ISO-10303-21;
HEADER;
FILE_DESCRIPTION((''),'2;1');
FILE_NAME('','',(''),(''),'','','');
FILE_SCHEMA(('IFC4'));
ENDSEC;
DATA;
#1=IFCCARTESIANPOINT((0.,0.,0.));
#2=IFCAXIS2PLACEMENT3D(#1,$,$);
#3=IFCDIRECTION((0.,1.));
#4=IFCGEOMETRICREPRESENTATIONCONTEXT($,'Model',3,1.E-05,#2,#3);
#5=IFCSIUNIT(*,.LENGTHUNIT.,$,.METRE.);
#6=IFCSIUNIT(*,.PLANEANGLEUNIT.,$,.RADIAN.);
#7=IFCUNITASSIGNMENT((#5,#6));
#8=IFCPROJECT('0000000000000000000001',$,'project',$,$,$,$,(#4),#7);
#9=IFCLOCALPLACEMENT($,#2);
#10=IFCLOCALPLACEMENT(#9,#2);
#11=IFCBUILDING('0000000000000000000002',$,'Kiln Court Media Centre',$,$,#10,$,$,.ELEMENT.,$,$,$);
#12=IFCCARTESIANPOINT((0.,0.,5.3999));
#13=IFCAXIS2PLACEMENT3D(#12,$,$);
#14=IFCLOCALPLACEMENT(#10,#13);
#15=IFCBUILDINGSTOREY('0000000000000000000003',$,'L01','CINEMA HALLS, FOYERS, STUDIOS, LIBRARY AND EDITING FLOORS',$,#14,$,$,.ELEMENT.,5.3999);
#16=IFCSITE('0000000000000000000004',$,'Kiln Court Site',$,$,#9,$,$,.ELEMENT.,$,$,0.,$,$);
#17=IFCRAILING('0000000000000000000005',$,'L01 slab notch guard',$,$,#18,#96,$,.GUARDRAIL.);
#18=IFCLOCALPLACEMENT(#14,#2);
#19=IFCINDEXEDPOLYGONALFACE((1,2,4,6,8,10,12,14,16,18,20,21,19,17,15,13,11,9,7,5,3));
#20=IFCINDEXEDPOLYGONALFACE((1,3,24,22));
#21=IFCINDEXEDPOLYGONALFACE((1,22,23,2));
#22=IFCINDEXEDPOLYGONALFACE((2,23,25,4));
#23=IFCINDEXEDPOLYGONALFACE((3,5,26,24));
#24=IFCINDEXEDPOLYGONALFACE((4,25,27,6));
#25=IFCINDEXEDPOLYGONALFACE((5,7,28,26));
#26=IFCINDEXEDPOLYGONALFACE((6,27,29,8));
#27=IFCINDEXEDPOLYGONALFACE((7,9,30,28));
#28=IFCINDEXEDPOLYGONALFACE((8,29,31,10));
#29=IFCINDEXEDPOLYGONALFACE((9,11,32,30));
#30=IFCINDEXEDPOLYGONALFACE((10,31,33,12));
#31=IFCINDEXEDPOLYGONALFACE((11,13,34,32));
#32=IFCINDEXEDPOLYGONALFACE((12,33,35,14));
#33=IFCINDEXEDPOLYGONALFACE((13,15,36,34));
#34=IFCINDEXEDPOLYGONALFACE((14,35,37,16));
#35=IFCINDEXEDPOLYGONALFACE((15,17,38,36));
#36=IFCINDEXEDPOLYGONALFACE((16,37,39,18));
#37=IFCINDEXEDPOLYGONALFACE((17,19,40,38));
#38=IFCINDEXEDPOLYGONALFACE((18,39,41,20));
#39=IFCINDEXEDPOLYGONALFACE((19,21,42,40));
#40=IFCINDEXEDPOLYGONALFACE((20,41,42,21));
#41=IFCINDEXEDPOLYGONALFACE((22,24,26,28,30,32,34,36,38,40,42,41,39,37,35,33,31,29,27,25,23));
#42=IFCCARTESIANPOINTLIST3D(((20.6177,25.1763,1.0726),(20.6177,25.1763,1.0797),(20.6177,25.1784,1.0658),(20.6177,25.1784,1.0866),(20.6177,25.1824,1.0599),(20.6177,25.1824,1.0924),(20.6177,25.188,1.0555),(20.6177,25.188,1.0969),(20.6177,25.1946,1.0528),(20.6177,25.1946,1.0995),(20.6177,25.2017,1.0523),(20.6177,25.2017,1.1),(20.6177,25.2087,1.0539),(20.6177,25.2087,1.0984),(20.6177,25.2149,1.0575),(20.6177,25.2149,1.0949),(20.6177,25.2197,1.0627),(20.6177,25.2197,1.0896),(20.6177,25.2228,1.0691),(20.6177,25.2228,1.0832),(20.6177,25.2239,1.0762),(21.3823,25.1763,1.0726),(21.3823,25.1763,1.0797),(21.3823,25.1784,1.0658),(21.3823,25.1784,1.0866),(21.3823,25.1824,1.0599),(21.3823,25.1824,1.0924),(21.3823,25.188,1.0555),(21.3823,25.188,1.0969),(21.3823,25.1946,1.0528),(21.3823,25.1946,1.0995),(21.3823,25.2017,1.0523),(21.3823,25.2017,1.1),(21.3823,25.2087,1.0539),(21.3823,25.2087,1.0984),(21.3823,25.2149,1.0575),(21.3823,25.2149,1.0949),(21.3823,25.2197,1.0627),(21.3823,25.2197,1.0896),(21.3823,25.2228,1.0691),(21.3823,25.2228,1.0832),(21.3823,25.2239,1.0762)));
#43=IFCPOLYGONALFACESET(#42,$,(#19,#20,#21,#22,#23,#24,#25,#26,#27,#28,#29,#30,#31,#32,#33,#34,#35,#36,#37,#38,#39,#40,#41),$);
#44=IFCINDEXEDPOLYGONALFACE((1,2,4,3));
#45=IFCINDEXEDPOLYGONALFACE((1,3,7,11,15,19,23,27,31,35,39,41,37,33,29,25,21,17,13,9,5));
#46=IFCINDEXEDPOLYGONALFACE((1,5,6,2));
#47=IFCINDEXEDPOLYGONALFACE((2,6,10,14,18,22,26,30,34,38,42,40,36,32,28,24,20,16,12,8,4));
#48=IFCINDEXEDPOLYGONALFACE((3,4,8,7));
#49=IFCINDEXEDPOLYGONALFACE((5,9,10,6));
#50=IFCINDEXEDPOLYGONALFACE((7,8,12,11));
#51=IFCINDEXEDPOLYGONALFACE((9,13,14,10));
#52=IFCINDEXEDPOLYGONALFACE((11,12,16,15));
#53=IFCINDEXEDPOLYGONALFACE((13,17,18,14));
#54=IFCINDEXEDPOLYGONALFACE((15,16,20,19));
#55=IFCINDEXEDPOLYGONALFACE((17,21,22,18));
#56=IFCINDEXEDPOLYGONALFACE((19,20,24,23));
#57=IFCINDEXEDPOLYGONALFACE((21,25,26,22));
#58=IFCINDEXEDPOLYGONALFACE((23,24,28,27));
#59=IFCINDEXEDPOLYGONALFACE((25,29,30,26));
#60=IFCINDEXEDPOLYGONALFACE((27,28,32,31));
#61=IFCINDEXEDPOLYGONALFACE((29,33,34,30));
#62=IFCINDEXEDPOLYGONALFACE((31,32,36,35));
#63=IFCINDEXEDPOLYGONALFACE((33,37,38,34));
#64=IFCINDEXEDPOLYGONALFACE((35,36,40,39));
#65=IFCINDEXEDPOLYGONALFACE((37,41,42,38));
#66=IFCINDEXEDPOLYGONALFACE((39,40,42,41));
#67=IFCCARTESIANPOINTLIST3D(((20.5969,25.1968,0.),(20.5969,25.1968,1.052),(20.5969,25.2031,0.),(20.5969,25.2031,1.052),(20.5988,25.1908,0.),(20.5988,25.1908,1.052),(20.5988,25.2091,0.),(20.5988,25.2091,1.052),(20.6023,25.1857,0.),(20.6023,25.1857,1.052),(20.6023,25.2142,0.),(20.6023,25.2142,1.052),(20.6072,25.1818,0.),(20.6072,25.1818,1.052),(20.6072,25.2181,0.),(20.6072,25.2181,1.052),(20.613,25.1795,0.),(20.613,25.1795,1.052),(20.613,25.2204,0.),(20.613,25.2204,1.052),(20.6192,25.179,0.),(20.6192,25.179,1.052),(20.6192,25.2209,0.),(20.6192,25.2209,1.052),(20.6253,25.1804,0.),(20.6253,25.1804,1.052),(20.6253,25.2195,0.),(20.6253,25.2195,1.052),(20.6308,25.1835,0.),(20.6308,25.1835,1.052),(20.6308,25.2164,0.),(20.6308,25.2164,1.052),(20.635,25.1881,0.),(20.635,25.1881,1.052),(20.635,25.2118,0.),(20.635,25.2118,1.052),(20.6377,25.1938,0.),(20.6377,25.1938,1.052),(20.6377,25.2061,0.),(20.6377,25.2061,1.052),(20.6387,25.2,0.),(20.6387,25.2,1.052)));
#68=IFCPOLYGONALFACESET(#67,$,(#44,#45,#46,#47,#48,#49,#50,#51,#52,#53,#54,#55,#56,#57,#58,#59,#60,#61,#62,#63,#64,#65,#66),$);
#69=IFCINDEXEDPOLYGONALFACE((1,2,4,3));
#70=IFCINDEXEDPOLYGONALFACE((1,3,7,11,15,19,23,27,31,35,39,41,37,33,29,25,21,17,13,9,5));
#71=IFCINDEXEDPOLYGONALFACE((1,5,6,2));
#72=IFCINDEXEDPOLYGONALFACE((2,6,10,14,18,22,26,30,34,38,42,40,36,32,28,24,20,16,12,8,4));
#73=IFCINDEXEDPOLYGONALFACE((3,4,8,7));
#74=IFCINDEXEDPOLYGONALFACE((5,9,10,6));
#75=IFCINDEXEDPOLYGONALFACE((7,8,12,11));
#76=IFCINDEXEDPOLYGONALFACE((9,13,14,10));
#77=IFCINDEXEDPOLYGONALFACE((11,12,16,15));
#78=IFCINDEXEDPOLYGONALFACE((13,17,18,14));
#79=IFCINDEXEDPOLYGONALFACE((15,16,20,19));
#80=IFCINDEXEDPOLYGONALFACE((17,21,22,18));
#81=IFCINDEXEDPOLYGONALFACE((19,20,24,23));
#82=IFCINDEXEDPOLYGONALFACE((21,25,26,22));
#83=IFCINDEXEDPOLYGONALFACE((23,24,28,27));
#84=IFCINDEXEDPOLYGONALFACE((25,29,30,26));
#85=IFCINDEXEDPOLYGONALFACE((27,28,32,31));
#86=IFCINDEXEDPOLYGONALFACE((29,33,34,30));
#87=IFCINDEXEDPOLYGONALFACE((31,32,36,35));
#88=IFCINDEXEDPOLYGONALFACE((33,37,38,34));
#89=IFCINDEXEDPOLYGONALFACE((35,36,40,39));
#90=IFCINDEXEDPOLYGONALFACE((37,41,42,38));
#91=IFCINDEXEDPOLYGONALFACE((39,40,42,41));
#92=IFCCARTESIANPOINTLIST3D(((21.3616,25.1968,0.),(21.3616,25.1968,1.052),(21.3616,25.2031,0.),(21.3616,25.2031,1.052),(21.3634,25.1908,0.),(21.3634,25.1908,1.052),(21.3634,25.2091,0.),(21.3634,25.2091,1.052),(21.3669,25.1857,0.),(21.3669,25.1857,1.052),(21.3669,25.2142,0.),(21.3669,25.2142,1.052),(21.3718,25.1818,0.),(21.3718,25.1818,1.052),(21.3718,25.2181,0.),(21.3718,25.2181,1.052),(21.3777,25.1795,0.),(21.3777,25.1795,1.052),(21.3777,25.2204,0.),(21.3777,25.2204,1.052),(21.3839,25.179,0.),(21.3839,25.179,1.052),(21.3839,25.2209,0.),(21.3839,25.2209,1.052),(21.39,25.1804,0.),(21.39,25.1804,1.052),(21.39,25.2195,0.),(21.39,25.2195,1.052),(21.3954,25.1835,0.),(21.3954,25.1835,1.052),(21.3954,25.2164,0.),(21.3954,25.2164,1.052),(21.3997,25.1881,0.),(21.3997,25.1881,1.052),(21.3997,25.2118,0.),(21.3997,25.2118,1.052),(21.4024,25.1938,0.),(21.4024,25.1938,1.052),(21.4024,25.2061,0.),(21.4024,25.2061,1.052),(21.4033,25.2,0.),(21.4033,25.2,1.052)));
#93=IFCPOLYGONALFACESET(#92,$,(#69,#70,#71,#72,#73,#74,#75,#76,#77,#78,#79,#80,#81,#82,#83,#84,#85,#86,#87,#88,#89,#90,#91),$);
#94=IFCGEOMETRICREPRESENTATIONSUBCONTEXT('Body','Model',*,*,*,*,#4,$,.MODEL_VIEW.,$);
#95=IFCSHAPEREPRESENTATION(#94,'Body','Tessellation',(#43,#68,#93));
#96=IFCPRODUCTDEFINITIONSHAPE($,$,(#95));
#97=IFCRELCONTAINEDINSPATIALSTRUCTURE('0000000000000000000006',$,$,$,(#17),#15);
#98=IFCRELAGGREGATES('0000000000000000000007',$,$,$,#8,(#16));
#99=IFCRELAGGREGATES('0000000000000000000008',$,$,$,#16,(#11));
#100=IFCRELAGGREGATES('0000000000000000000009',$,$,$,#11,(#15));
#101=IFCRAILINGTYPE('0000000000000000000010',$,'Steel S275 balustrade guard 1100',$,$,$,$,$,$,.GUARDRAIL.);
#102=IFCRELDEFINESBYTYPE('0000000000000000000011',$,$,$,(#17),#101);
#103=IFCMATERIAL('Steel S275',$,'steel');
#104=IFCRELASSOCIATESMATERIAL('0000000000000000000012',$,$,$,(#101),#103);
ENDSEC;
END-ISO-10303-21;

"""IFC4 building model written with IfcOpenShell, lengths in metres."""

from ifc_helpers import new_model, si_unit, direction, frame, origin, origin_2d, place, context, subcontext, project, spatial, circle, extrude, material, type_object, element, save


model = new_model("IFC4")

# Units and contexts
model_context = context("Model", 3, precision=1e-05, world=origin(), true_north=direction((0.0, 1.0)))
body_context = subcontext(model_context, "Body", "Model", "MODEL_VIEW")
ifc_project = project(units=[si_unit("LENGTHUNIT", "METRE"), si_unit("PLANEANGLEUNIT", "RADIAN")], contexts=[model_context])

# Site, building, storey
site_placement = place(None, origin())
site = spatial("IfcSite", under=ifc_project, at=site_placement, Name="Kiln Court Site", CompositionType="ELEMENT", RefElevation=0.0)
building_placement = place(site_placement, origin())
building = spatial("IfcBuilding", under=site, at=building_placement, Name="Kiln Court Media Centre", CompositionType="ELEMENT")
storey_placement = place(building_placement, frame((0.0, 0.0, 5.3999)))
storey = spatial("IfcBuildingStorey", under=building, at=storey_placement, Name="L01", Description="CINEMA HALLS, FOYERS, STUDIOS, LIBRARY AND EDITING FLOORS", CompositionType="ELEMENT", Elevation=5.3999)

# Railing
ifc_material_1 = material(Name="Steel S275", Category="steel")
railing_type = type_object("IfcRailingType", Name="Steel S275 balustrade guard 1100", PredefinedType="GUARDRAIL", material=ifc_material_1)
for number, where, name in (
    (1, (20.6177, 25.2, 0.0), "L01 slab notch guard"),
):
    element("IfcRailing", number, at=place(storey_placement, frame(where)), inside=storey, type_object=railing_type, Name=name, PredefinedType="GUARDRAIL", context=body_context, shape_type="SweptSolid", body=[
        extrude(circle(Radius=0.0239, at=origin_2d()), frame((0.0, 0.0, 1.0762), z_axis=(1.0, 0.0, 0.0), x_axis=(0.0, 1.0, 0.0)), (0.0, 0.0, 1.0), 0.7646),
        extrude(circle(Radius=0.021, at=origin_2d()), origin(), (0.0, 0.0, 1.0), 1.052),
        extrude(circle(Radius=0.021, at=origin_2d()), frame((0.7646, 0.0, 0.0)), (0.0, 0.0, 1.0), 1.052),
    ])

save(model, "model.ifc")
